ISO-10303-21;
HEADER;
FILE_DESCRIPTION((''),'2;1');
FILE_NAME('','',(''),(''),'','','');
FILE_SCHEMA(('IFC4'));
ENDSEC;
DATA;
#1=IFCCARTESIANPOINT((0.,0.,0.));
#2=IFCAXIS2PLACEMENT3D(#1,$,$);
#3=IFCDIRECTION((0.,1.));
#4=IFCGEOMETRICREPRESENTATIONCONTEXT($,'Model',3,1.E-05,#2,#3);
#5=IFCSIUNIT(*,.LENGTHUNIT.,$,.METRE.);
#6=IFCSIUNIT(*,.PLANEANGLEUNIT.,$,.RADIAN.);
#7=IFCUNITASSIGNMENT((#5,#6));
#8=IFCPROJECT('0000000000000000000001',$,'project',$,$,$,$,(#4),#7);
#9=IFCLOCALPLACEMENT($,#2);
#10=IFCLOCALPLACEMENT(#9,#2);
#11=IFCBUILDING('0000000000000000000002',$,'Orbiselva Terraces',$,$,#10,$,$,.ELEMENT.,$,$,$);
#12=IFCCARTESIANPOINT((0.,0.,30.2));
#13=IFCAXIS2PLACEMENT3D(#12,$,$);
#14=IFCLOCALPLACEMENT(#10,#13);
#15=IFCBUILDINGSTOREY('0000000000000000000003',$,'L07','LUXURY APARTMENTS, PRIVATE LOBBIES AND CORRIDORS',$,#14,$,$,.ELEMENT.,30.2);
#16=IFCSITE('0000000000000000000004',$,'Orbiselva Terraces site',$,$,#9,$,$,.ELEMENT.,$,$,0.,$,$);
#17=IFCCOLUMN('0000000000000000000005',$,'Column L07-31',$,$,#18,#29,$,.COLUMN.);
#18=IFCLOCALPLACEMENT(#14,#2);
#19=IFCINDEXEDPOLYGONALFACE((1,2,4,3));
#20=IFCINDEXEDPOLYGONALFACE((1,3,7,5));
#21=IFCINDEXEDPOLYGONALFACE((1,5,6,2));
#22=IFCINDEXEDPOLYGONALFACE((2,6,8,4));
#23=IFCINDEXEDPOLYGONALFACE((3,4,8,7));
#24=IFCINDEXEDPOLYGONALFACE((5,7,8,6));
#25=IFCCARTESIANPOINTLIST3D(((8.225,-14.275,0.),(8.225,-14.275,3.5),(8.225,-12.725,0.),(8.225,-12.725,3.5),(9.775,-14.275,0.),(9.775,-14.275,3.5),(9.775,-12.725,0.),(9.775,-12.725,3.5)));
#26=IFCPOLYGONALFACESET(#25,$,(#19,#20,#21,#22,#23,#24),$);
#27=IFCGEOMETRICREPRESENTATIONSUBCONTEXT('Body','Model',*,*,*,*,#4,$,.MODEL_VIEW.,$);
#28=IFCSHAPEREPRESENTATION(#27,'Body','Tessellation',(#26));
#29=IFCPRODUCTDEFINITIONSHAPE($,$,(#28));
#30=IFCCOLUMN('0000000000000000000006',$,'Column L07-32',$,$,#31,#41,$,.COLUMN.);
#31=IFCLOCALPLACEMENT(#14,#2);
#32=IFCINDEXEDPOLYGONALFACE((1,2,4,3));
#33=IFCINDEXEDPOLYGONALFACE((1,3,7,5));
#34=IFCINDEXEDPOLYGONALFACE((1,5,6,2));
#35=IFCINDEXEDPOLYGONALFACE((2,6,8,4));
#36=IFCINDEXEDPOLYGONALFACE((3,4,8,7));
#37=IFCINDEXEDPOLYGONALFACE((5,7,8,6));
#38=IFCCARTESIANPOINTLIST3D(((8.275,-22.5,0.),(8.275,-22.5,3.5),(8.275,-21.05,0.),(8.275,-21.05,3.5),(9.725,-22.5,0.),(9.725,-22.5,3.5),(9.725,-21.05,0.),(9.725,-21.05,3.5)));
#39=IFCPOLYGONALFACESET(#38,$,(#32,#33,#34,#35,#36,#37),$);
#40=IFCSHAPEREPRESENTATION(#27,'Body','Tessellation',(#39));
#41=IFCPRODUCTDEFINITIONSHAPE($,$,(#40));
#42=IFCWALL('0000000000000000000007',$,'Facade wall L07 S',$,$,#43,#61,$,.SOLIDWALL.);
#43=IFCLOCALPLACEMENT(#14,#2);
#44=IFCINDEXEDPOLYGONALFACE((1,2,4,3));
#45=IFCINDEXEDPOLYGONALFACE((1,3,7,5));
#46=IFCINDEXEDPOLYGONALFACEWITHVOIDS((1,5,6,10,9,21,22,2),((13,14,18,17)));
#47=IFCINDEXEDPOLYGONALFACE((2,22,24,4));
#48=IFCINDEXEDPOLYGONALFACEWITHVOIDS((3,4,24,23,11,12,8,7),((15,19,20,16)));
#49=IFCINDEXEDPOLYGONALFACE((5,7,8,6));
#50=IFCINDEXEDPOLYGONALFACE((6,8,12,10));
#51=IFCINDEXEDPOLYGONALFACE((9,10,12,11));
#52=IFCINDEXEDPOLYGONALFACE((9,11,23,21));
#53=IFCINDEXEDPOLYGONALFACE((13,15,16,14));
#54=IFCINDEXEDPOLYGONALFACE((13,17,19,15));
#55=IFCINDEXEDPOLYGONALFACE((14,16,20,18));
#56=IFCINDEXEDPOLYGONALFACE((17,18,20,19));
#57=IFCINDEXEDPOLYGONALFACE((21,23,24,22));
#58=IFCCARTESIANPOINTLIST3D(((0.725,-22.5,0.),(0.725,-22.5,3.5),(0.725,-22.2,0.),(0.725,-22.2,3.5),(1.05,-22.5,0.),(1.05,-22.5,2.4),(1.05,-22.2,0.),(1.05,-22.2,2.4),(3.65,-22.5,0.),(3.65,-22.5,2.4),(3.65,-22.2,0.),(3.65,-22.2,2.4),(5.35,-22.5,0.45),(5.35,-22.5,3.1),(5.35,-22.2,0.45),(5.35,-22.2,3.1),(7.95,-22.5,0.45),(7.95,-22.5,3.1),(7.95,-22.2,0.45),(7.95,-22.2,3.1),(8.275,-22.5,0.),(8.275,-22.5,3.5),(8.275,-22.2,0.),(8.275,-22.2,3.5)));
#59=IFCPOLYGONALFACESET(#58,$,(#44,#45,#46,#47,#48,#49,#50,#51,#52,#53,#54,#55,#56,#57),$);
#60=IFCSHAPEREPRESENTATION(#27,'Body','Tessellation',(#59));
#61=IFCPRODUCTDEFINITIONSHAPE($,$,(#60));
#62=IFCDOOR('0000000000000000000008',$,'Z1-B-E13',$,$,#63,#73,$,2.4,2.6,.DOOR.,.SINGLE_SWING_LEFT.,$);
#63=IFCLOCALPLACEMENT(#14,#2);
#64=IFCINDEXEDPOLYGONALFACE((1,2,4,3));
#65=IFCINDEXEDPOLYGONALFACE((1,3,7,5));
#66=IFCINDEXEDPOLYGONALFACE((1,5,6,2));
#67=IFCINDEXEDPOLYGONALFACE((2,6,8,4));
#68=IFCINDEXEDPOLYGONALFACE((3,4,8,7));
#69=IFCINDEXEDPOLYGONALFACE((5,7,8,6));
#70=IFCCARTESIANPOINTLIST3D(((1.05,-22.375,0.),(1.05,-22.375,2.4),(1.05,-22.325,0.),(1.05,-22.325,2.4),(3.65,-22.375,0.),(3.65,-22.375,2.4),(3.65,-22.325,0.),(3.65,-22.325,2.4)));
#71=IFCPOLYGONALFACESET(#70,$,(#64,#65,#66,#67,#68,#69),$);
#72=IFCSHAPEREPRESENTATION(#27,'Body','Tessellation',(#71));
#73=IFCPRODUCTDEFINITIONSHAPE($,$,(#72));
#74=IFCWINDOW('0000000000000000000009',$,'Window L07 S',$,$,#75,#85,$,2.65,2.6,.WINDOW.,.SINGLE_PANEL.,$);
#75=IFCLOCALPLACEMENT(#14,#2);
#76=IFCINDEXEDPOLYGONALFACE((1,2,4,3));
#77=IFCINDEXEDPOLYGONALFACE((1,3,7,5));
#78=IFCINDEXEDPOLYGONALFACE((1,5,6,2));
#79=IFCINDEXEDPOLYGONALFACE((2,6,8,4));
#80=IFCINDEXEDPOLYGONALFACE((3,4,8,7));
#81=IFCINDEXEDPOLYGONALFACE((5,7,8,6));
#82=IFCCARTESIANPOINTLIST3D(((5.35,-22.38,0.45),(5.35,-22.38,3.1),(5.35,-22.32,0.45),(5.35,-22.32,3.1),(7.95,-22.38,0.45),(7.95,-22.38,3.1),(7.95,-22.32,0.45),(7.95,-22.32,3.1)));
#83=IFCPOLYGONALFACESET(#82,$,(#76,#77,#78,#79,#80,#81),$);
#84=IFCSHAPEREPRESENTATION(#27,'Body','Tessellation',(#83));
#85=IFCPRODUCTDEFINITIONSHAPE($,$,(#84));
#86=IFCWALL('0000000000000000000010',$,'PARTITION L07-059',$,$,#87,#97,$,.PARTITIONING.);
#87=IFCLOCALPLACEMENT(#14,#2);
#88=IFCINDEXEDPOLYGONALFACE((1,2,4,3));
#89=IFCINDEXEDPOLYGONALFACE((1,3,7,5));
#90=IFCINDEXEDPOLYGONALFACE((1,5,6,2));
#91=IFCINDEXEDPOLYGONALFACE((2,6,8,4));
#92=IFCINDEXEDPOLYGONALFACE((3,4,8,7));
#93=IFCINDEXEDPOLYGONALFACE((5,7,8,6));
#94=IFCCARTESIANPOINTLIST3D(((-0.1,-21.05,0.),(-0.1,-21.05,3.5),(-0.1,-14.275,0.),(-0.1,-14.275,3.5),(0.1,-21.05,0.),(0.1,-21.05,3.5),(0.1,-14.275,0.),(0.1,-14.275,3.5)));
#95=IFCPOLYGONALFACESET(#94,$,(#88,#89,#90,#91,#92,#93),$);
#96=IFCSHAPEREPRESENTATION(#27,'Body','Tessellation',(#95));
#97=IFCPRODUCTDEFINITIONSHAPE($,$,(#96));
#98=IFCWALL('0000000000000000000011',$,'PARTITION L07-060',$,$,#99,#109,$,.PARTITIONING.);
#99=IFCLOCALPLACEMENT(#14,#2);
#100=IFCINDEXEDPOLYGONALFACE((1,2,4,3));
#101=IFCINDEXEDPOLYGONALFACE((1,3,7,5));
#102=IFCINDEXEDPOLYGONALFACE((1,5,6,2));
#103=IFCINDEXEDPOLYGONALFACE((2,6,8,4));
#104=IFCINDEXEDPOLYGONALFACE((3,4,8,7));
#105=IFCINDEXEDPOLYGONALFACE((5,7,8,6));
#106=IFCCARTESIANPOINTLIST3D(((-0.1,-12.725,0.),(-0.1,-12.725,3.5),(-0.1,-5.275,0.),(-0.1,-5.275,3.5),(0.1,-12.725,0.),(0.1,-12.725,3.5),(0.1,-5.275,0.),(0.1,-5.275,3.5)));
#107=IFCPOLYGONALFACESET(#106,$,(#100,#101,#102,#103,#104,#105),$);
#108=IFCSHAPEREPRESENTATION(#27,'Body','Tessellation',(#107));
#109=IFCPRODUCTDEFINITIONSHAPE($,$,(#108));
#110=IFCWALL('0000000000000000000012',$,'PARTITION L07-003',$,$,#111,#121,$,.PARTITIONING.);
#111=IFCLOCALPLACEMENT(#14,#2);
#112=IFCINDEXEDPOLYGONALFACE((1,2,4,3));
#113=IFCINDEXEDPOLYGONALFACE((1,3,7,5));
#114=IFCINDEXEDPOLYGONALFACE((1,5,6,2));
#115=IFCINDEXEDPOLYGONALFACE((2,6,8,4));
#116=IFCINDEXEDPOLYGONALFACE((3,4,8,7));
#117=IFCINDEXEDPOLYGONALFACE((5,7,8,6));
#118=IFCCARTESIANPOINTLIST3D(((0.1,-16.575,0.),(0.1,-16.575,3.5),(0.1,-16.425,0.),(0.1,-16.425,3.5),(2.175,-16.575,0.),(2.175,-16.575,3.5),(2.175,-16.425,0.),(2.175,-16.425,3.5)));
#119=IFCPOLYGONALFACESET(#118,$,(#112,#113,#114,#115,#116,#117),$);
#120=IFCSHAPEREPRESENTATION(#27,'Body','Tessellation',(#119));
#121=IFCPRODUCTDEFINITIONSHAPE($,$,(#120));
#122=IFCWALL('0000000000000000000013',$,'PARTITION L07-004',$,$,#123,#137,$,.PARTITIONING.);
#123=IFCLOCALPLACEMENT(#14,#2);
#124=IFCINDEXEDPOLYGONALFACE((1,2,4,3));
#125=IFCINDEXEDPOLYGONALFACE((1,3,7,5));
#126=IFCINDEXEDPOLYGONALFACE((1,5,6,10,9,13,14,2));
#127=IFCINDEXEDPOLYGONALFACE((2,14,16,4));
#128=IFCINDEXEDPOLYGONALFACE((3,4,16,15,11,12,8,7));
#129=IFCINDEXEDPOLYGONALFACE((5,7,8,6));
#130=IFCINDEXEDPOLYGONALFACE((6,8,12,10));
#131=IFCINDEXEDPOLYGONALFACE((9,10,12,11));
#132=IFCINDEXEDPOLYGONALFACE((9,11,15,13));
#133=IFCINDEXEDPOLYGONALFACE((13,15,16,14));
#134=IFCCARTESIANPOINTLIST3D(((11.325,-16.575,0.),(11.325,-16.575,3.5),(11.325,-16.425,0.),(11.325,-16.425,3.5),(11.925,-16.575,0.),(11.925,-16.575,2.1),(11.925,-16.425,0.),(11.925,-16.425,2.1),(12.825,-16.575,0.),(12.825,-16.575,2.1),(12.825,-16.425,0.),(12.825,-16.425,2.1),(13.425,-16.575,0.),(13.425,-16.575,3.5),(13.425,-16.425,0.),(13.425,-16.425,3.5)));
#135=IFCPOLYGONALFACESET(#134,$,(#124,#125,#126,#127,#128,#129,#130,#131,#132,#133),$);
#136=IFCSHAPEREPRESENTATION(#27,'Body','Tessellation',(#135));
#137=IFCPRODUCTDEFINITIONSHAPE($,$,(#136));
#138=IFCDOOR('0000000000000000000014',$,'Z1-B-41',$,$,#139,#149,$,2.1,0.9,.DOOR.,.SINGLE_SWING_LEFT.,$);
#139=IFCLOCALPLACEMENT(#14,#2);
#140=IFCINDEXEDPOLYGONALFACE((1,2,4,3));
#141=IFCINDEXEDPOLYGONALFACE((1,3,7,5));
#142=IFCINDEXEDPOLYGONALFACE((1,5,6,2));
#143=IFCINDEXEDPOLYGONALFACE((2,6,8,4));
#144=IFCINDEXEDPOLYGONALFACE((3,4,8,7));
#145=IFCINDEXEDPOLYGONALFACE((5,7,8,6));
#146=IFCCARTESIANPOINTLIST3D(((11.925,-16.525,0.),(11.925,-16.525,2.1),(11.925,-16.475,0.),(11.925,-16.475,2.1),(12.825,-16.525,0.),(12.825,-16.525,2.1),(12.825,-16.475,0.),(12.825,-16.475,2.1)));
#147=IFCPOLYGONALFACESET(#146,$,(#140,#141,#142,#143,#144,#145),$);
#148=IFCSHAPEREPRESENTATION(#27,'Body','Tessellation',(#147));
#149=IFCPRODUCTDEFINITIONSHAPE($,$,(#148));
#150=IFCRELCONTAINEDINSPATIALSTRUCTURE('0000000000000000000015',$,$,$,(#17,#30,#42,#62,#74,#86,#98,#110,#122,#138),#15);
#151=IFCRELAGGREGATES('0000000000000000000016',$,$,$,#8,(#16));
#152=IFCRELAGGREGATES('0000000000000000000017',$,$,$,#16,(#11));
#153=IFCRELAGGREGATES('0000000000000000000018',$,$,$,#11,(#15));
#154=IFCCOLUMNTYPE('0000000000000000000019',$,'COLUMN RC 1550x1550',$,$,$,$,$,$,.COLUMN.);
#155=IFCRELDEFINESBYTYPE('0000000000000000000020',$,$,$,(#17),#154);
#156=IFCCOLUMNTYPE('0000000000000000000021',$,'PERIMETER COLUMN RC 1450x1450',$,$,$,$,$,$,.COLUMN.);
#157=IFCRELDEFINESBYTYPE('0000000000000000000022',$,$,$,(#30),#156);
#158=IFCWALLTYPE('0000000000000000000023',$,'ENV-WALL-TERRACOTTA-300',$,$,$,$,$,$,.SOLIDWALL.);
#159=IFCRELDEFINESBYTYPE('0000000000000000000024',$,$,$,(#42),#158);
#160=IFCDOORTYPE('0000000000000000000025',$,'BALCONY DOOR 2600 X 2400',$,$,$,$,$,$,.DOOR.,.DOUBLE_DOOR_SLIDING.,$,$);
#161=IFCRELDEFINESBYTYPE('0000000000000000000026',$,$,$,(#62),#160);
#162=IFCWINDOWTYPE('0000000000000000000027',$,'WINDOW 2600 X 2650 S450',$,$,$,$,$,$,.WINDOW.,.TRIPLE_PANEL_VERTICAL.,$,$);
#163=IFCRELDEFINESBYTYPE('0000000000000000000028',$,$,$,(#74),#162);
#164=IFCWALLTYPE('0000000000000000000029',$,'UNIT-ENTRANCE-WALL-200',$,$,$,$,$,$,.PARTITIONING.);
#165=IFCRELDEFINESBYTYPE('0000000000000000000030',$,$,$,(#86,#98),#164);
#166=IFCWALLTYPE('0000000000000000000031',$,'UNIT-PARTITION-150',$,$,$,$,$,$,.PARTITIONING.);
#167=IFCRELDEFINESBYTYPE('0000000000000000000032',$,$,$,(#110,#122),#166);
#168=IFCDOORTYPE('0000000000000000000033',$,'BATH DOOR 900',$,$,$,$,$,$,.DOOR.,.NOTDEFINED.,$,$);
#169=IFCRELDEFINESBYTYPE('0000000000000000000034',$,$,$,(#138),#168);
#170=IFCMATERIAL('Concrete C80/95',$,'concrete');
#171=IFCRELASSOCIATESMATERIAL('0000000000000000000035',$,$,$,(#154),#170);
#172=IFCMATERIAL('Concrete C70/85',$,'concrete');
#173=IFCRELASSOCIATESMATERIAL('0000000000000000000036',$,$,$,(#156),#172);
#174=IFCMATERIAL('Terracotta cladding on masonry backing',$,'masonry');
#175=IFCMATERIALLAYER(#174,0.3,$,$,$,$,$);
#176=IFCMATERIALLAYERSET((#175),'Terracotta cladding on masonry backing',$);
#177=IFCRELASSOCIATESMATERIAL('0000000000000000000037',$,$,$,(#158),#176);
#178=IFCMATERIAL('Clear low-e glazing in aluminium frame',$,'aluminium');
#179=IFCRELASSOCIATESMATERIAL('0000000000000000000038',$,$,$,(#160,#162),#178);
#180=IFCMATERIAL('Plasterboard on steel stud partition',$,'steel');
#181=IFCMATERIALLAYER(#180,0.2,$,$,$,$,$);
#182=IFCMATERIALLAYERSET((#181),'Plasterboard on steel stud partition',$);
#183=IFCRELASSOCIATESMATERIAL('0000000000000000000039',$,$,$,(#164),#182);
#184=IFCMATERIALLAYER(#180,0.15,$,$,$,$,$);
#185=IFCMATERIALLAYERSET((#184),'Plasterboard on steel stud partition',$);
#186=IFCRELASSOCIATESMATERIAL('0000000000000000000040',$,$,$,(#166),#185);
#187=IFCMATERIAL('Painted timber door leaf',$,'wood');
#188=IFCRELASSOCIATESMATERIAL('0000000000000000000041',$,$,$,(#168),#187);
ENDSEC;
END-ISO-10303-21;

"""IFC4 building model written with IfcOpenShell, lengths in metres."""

from ifc_helpers import new_model, si_unit, direction, frame, frame_2d, origin, origin_2d, place, context, subcontext, project, spatial, rectangle, extrude, material, layer, layer_set, material_profile, profile_set, type_object, element, fill, save


model = new_model("IFC4")

# Units and contexts
model_context = context("Model", 3, precision=1e-05, world=origin(), true_north=direction((0.0, 1.0)))
body_context = subcontext(model_context, "Body", "Model", "MODEL_VIEW")
ifc_project = project(units=[si_unit("LENGTHUNIT", "METRE"), si_unit("PLANEANGLEUNIT", "RADIAN")], contexts=[model_context])

# Site, building, storey
site_placement = place(None, origin())
site = spatial("IfcSite", under=ifc_project, at=site_placement, Name="Orbiselva Terraces site", CompositionType="ELEMENT", RefElevation=0.0)
building_placement = place(site_placement, origin())
building = spatial("IfcBuilding", under=site, at=building_placement, Name="Orbiselva Terraces", CompositionType="ELEMENT")
storey_placement = place(building_placement, frame((0.0, 0.0, 30.2)))
storey = spatial("IfcBuildingStorey", under=building, at=storey_placement, Name="L07", Description="LUXURY APARTMENTS, PRIVATE LOBBIES AND CORRIDORS", CompositionType="ELEMENT", Elevation=30.2)

# Columns
ifc_material_1 = material(Name="Concrete C80/95", Category="concrete")
ifc_material_profile_1 = material_profile(ifc_material_1, rectangle(XDim=1.55, YDim=1.55, at=origin_2d()), Name="RC 1550x1550")
ifc_profile_set_1 = profile_set([ifc_material_profile_1], Name="Concrete C80/95")
column_type_1 = type_object("IfcColumnType", Name="COLUMN RC 1550x1550", PredefinedType="COLUMN", material=ifc_profile_set_1)
column_1_placement = place(storey_placement, frame((9.0, -13.5, 0.0), z_axis=(0.0, 0.0, 1.0), x_axis=(1.0, 0.0, 0.0)))
element("IfcColumn", 1, at=column_1_placement, inside=storey, type_object=column_type_1, Name="Column L07-31", PredefinedType="COLUMN", context=body_context, shape_type="SweptSolid", body=[
    extrude(rectangle(XDim=1.55, YDim=1.55, at=origin_2d()), origin(), (0.0, 0.0, 1.0), 3.5),
])
ifc_material_2 = material(Name="Concrete C70/85", Category="concrete")
ifc_material_profile_2 = material_profile(ifc_material_2, rectangle(XDim=1.45, YDim=1.45, at=origin_2d()), Name="RC 1450x1450")
ifc_profile_set_2 = profile_set([ifc_material_profile_2], Name="Concrete C70/85")
column_type_2 = type_object("IfcColumnType", Name="PERIMETER COLUMN RC 1450x1450", PredefinedType="COLUMN", material=ifc_profile_set_2)
column_2_placement = place(storey_placement, frame((9.0, -21.775, 0.0), z_axis=(0.0, 0.0, 1.0), x_axis=(1.0, 0.0, 0.0)))
element("IfcColumn", 2, at=column_2_placement, inside=storey, type_object=column_type_2, Name="Column L07-32", PredefinedType="COLUMN", context=body_context, shape_type="SweptSolid", body=[
    extrude(rectangle(XDim=1.45, YDim=1.45, at=origin_2d()), origin(), (0.0, 0.0, 1.0), 3.5),
])

# Wall, openings, door, window
ifc_material_3 = material(Name="Terracotta cladding on masonry backing", Category="masonry")
ifc_layer_1 = layer(ifc_material_3, 0.3)
ifc_layer_set_1 = layer_set([ifc_layer_1], Name="Terracotta cladding on masonry backing")
wall_type_1 = type_object("IfcWallType", Name="ENV-WALL-TERRACOTTA-300", PredefinedType="SOLIDWALL", material=ifc_layer_set_1)
wall_1_placement = place(storey_placement, frame((8.275, -22.35, 0.0), z_axis=(0.0, 0.0, 1.0), x_axis=(-1.0, 0.0, 0.0)))
wall_1 = element("IfcWall", 3, at=wall_1_placement, inside=storey, type_object=wall_type_1, Name="Facade wall L07 S", PredefinedType="SOLIDWALL", context=body_context, shape_type="SweptSolid", body=[
    extrude(rectangle(XDim=7.55, YDim=0.3, at=frame_2d((3.775, 0.0))), origin(), (0.0, 0.0, 1.0), 3.5),
])
opening_1_placement = place(wall_1_placement, frame((4.625, 0.0, 0.0)))
opening_1 = element("IfcOpeningElement", 4, at=opening_1_placement, cuts=wall_1, PredefinedType="OPENING", context=body_context, shape_type="SweptSolid", body=[
    extrude(rectangle(XDim=2.6, YDim=2.4, at=frame_2d((1.3, 1.2))), frame((0.0, 0.16, 0.0), z_axis=(0.0, -1.0, 0.0), x_axis=(1.0, 0.0, 0.0)), (0.0, 0.0, 1.0), 0.32),
])
opening_2_placement = place(wall_1_placement, frame((0.325, 0.0, 0.45)))
opening_2 = element("IfcOpeningElement", 5, at=opening_2_placement, cuts=wall_1, PredefinedType="OPENING", context=body_context, shape_type="SweptSolid", body=[
    extrude(rectangle(XDim=2.6, YDim=2.65, at=frame_2d((1.3, 1.325))), frame((0.0, 0.16, 0.0), z_axis=(0.0, -1.0, 0.0), x_axis=(1.0, 0.0, 0.0)), (0.0, 0.0, 1.0), 0.32),
])
ifc_material_4 = material(Name="Clear low-e glazing in aluminium frame", Category="aluminium")
door_type_1 = type_object("IfcDoorType", Name="BALCONY DOOR 2600 X 2400", OperationType="DOUBLE_DOOR_SLIDING", PredefinedType="DOOR", material=ifc_material_4)
door_1_placement = place(opening_1_placement, origin())
door_1 = element("IfcDoor", 6, at=door_1_placement, inside=storey, type_object=door_type_1, Name="Z1-B-E13", OperationType="SINGLE_SWING_LEFT", OverallHeight=2.4, OverallWidth=2.6, PredefinedType="DOOR", context=body_context, shape_type="SweptSolid", body=[
    extrude(rectangle(XDim=2.6, YDim=2.4, at=frame_2d((1.3, 1.2))), frame((0.0, 0.025, 0.0), z_axis=(0.0, -1.0, 0.0), x_axis=(1.0, 0.0, 0.0)), (0.0, 0.0, 1.0), 0.05),
])
fill(opening_1, door_1)
window_type = type_object("IfcWindowType", Name="WINDOW 2600 X 2650 S450", PartitioningType="TRIPLE_PANEL_VERTICAL", PredefinedType="WINDOW", material=ifc_material_4)
window_placement = place(opening_2_placement, origin())
window = element("IfcWindow", 7, at=window_placement, inside=storey, type_object=window_type, Name="Window L07 S", OverallHeight=2.65, OverallWidth=2.6, PartitioningType="SINGLE_PANEL", PredefinedType="WINDOW", context=body_context, shape_type="SweptSolid", body=[
    extrude(rectangle(XDim=2.6, YDim=2.65, at=frame_2d((1.3, 1.325))), frame((0.0, 0.03, 0.0), z_axis=(0.0, -1.0, 0.0), x_axis=(1.0, 0.0, 0.0)), (0.0, 0.0, 1.0), 0.06),
])
fill(opening_2, window)

# Walls
ifc_material_5 = material(Name="Plasterboard on steel stud partition", Category="steel")
ifc_layer_2 = layer(ifc_material_5, 0.2)
ifc_layer_set_2 = layer_set([ifc_layer_2], Name="Plasterboard on steel stud partition")
wall_type_2 = type_object("IfcWallType", Name="UNIT-ENTRANCE-WALL-200", PredefinedType="PARTITIONING", material=ifc_layer_set_2)
wall_2_placement = place(storey_placement, frame((0.0, -21.05, 0.0), z_axis=(0.0, 0.0, 1.0), x_axis=(0.0, 1.0, 0.0)))
element("IfcWall", 8, at=wall_2_placement, inside=storey, type_object=wall_type_2, Name="PARTITION L07-059", PredefinedType="PARTITIONING", context=body_context, shape_type="SweptSolid", body=[
    extrude(rectangle(XDim=6.775, YDim=0.2, at=frame_2d((3.3875, 0.0))), origin(), (0.0, 0.0, 1.0), 3.5),
])
wall_3_placement = place(storey_placement, frame((0.0, -12.725, 0.0), z_axis=(0.0, 0.0, 1.0), x_axis=(0.0, 1.0, 0.0)))
element("IfcWall", 9, at=wall_3_placement, inside=storey, type_object=wall_type_2, Name="PARTITION L07-060", PredefinedType="PARTITIONING", context=body_context, shape_type="SweptSolid", body=[
    extrude(rectangle(XDim=7.45, YDim=0.2, at=frame_2d((3.725, 0.0))), origin(), (0.0, 0.0, 1.0), 3.5),
])
ifc_layer_3 = layer(ifc_material_5, 0.15)
ifc_layer_set_3 = layer_set([ifc_layer_3], Name="Plasterboard on steel stud partition")
wall_type_3 = type_object("IfcWallType", Name="UNIT-PARTITION-150", PredefinedType="PARTITIONING", material=ifc_layer_set_3)
wall_4_placement = place(storey_placement, frame((0.1, -16.5, 0.0), z_axis=(0.0, 0.0, 1.0), x_axis=(1.0, 0.0, 0.0)))
element("IfcWall", 10, at=wall_4_placement, inside=storey, type_object=wall_type_3, Name="PARTITION L07-003", PredefinedType="PARTITIONING", context=body_context, shape_type="SweptSolid", body=[
    extrude(rectangle(XDim=2.075, YDim=0.15, at=frame_2d((1.0375, 0.0))), origin(), (0.0, 0.0, 1.0), 3.5),
])

# Wall, opening, door
wall_5_placement = place(storey_placement, frame((11.325, -16.5, 0.0), z_axis=(0.0, 0.0, 1.0), x_axis=(1.0, 0.0, 0.0)))
wall_5 = element("IfcWall", 11, at=wall_5_placement, inside=storey, type_object=wall_type_3, Name="PARTITION L07-004", PredefinedType="PARTITIONING", context=body_context, shape_type="SweptSolid", body=[
    extrude(rectangle(XDim=2.1, YDim=0.15, at=frame_2d((1.05, 0.0))), origin(), (0.0, 0.0, 1.0), 3.5),
])
opening_3_placement = place(wall_5_placement, frame((0.6, 0.0, 0.0)))
opening_3 = element("IfcOpeningElement", 12, at=opening_3_placement, cuts=wall_5, PredefinedType="OPENING", context=body_context, shape_type="SweptSolid", body=[
    extrude(rectangle(XDim=0.9, YDim=2.1, at=frame_2d((0.45, 1.05))), frame((0.0, 0.085, 0.0), z_axis=(0.0, -1.0, 0.0), x_axis=(1.0, 0.0, 0.0)), (0.0, 0.0, 1.0), 0.17),
])
ifc_material_6 = material(Name="Painted timber door leaf", Category="wood")
door_type_2 = type_object("IfcDoorType", Name="BATH DOOR 900", OperationType="NOTDEFINED", PredefinedType="DOOR", material=ifc_material_6)
door_2_placement = place(opening_3_placement, origin())
door_2 = element("IfcDoor", 13, at=door_2_placement, inside=storey, type_object=door_type_2, Name="Z1-B-41", OperationType="SINGLE_SWING_LEFT", OverallHeight=2.1, OverallWidth=0.9, PredefinedType="DOOR", context=body_context, shape_type="SweptSolid", body=[
    extrude(rectangle(XDim=0.9, YDim=2.1, at=frame_2d((0.45, 1.05))), frame((0.0, 0.025, 0.0), z_axis=(0.0, -1.0, 0.0), x_axis=(1.0, 0.0, 0.0)), (0.0, 0.0, 1.0), 0.05),
])
fill(opening_3, door_2)

save(model, "model.ifc")
